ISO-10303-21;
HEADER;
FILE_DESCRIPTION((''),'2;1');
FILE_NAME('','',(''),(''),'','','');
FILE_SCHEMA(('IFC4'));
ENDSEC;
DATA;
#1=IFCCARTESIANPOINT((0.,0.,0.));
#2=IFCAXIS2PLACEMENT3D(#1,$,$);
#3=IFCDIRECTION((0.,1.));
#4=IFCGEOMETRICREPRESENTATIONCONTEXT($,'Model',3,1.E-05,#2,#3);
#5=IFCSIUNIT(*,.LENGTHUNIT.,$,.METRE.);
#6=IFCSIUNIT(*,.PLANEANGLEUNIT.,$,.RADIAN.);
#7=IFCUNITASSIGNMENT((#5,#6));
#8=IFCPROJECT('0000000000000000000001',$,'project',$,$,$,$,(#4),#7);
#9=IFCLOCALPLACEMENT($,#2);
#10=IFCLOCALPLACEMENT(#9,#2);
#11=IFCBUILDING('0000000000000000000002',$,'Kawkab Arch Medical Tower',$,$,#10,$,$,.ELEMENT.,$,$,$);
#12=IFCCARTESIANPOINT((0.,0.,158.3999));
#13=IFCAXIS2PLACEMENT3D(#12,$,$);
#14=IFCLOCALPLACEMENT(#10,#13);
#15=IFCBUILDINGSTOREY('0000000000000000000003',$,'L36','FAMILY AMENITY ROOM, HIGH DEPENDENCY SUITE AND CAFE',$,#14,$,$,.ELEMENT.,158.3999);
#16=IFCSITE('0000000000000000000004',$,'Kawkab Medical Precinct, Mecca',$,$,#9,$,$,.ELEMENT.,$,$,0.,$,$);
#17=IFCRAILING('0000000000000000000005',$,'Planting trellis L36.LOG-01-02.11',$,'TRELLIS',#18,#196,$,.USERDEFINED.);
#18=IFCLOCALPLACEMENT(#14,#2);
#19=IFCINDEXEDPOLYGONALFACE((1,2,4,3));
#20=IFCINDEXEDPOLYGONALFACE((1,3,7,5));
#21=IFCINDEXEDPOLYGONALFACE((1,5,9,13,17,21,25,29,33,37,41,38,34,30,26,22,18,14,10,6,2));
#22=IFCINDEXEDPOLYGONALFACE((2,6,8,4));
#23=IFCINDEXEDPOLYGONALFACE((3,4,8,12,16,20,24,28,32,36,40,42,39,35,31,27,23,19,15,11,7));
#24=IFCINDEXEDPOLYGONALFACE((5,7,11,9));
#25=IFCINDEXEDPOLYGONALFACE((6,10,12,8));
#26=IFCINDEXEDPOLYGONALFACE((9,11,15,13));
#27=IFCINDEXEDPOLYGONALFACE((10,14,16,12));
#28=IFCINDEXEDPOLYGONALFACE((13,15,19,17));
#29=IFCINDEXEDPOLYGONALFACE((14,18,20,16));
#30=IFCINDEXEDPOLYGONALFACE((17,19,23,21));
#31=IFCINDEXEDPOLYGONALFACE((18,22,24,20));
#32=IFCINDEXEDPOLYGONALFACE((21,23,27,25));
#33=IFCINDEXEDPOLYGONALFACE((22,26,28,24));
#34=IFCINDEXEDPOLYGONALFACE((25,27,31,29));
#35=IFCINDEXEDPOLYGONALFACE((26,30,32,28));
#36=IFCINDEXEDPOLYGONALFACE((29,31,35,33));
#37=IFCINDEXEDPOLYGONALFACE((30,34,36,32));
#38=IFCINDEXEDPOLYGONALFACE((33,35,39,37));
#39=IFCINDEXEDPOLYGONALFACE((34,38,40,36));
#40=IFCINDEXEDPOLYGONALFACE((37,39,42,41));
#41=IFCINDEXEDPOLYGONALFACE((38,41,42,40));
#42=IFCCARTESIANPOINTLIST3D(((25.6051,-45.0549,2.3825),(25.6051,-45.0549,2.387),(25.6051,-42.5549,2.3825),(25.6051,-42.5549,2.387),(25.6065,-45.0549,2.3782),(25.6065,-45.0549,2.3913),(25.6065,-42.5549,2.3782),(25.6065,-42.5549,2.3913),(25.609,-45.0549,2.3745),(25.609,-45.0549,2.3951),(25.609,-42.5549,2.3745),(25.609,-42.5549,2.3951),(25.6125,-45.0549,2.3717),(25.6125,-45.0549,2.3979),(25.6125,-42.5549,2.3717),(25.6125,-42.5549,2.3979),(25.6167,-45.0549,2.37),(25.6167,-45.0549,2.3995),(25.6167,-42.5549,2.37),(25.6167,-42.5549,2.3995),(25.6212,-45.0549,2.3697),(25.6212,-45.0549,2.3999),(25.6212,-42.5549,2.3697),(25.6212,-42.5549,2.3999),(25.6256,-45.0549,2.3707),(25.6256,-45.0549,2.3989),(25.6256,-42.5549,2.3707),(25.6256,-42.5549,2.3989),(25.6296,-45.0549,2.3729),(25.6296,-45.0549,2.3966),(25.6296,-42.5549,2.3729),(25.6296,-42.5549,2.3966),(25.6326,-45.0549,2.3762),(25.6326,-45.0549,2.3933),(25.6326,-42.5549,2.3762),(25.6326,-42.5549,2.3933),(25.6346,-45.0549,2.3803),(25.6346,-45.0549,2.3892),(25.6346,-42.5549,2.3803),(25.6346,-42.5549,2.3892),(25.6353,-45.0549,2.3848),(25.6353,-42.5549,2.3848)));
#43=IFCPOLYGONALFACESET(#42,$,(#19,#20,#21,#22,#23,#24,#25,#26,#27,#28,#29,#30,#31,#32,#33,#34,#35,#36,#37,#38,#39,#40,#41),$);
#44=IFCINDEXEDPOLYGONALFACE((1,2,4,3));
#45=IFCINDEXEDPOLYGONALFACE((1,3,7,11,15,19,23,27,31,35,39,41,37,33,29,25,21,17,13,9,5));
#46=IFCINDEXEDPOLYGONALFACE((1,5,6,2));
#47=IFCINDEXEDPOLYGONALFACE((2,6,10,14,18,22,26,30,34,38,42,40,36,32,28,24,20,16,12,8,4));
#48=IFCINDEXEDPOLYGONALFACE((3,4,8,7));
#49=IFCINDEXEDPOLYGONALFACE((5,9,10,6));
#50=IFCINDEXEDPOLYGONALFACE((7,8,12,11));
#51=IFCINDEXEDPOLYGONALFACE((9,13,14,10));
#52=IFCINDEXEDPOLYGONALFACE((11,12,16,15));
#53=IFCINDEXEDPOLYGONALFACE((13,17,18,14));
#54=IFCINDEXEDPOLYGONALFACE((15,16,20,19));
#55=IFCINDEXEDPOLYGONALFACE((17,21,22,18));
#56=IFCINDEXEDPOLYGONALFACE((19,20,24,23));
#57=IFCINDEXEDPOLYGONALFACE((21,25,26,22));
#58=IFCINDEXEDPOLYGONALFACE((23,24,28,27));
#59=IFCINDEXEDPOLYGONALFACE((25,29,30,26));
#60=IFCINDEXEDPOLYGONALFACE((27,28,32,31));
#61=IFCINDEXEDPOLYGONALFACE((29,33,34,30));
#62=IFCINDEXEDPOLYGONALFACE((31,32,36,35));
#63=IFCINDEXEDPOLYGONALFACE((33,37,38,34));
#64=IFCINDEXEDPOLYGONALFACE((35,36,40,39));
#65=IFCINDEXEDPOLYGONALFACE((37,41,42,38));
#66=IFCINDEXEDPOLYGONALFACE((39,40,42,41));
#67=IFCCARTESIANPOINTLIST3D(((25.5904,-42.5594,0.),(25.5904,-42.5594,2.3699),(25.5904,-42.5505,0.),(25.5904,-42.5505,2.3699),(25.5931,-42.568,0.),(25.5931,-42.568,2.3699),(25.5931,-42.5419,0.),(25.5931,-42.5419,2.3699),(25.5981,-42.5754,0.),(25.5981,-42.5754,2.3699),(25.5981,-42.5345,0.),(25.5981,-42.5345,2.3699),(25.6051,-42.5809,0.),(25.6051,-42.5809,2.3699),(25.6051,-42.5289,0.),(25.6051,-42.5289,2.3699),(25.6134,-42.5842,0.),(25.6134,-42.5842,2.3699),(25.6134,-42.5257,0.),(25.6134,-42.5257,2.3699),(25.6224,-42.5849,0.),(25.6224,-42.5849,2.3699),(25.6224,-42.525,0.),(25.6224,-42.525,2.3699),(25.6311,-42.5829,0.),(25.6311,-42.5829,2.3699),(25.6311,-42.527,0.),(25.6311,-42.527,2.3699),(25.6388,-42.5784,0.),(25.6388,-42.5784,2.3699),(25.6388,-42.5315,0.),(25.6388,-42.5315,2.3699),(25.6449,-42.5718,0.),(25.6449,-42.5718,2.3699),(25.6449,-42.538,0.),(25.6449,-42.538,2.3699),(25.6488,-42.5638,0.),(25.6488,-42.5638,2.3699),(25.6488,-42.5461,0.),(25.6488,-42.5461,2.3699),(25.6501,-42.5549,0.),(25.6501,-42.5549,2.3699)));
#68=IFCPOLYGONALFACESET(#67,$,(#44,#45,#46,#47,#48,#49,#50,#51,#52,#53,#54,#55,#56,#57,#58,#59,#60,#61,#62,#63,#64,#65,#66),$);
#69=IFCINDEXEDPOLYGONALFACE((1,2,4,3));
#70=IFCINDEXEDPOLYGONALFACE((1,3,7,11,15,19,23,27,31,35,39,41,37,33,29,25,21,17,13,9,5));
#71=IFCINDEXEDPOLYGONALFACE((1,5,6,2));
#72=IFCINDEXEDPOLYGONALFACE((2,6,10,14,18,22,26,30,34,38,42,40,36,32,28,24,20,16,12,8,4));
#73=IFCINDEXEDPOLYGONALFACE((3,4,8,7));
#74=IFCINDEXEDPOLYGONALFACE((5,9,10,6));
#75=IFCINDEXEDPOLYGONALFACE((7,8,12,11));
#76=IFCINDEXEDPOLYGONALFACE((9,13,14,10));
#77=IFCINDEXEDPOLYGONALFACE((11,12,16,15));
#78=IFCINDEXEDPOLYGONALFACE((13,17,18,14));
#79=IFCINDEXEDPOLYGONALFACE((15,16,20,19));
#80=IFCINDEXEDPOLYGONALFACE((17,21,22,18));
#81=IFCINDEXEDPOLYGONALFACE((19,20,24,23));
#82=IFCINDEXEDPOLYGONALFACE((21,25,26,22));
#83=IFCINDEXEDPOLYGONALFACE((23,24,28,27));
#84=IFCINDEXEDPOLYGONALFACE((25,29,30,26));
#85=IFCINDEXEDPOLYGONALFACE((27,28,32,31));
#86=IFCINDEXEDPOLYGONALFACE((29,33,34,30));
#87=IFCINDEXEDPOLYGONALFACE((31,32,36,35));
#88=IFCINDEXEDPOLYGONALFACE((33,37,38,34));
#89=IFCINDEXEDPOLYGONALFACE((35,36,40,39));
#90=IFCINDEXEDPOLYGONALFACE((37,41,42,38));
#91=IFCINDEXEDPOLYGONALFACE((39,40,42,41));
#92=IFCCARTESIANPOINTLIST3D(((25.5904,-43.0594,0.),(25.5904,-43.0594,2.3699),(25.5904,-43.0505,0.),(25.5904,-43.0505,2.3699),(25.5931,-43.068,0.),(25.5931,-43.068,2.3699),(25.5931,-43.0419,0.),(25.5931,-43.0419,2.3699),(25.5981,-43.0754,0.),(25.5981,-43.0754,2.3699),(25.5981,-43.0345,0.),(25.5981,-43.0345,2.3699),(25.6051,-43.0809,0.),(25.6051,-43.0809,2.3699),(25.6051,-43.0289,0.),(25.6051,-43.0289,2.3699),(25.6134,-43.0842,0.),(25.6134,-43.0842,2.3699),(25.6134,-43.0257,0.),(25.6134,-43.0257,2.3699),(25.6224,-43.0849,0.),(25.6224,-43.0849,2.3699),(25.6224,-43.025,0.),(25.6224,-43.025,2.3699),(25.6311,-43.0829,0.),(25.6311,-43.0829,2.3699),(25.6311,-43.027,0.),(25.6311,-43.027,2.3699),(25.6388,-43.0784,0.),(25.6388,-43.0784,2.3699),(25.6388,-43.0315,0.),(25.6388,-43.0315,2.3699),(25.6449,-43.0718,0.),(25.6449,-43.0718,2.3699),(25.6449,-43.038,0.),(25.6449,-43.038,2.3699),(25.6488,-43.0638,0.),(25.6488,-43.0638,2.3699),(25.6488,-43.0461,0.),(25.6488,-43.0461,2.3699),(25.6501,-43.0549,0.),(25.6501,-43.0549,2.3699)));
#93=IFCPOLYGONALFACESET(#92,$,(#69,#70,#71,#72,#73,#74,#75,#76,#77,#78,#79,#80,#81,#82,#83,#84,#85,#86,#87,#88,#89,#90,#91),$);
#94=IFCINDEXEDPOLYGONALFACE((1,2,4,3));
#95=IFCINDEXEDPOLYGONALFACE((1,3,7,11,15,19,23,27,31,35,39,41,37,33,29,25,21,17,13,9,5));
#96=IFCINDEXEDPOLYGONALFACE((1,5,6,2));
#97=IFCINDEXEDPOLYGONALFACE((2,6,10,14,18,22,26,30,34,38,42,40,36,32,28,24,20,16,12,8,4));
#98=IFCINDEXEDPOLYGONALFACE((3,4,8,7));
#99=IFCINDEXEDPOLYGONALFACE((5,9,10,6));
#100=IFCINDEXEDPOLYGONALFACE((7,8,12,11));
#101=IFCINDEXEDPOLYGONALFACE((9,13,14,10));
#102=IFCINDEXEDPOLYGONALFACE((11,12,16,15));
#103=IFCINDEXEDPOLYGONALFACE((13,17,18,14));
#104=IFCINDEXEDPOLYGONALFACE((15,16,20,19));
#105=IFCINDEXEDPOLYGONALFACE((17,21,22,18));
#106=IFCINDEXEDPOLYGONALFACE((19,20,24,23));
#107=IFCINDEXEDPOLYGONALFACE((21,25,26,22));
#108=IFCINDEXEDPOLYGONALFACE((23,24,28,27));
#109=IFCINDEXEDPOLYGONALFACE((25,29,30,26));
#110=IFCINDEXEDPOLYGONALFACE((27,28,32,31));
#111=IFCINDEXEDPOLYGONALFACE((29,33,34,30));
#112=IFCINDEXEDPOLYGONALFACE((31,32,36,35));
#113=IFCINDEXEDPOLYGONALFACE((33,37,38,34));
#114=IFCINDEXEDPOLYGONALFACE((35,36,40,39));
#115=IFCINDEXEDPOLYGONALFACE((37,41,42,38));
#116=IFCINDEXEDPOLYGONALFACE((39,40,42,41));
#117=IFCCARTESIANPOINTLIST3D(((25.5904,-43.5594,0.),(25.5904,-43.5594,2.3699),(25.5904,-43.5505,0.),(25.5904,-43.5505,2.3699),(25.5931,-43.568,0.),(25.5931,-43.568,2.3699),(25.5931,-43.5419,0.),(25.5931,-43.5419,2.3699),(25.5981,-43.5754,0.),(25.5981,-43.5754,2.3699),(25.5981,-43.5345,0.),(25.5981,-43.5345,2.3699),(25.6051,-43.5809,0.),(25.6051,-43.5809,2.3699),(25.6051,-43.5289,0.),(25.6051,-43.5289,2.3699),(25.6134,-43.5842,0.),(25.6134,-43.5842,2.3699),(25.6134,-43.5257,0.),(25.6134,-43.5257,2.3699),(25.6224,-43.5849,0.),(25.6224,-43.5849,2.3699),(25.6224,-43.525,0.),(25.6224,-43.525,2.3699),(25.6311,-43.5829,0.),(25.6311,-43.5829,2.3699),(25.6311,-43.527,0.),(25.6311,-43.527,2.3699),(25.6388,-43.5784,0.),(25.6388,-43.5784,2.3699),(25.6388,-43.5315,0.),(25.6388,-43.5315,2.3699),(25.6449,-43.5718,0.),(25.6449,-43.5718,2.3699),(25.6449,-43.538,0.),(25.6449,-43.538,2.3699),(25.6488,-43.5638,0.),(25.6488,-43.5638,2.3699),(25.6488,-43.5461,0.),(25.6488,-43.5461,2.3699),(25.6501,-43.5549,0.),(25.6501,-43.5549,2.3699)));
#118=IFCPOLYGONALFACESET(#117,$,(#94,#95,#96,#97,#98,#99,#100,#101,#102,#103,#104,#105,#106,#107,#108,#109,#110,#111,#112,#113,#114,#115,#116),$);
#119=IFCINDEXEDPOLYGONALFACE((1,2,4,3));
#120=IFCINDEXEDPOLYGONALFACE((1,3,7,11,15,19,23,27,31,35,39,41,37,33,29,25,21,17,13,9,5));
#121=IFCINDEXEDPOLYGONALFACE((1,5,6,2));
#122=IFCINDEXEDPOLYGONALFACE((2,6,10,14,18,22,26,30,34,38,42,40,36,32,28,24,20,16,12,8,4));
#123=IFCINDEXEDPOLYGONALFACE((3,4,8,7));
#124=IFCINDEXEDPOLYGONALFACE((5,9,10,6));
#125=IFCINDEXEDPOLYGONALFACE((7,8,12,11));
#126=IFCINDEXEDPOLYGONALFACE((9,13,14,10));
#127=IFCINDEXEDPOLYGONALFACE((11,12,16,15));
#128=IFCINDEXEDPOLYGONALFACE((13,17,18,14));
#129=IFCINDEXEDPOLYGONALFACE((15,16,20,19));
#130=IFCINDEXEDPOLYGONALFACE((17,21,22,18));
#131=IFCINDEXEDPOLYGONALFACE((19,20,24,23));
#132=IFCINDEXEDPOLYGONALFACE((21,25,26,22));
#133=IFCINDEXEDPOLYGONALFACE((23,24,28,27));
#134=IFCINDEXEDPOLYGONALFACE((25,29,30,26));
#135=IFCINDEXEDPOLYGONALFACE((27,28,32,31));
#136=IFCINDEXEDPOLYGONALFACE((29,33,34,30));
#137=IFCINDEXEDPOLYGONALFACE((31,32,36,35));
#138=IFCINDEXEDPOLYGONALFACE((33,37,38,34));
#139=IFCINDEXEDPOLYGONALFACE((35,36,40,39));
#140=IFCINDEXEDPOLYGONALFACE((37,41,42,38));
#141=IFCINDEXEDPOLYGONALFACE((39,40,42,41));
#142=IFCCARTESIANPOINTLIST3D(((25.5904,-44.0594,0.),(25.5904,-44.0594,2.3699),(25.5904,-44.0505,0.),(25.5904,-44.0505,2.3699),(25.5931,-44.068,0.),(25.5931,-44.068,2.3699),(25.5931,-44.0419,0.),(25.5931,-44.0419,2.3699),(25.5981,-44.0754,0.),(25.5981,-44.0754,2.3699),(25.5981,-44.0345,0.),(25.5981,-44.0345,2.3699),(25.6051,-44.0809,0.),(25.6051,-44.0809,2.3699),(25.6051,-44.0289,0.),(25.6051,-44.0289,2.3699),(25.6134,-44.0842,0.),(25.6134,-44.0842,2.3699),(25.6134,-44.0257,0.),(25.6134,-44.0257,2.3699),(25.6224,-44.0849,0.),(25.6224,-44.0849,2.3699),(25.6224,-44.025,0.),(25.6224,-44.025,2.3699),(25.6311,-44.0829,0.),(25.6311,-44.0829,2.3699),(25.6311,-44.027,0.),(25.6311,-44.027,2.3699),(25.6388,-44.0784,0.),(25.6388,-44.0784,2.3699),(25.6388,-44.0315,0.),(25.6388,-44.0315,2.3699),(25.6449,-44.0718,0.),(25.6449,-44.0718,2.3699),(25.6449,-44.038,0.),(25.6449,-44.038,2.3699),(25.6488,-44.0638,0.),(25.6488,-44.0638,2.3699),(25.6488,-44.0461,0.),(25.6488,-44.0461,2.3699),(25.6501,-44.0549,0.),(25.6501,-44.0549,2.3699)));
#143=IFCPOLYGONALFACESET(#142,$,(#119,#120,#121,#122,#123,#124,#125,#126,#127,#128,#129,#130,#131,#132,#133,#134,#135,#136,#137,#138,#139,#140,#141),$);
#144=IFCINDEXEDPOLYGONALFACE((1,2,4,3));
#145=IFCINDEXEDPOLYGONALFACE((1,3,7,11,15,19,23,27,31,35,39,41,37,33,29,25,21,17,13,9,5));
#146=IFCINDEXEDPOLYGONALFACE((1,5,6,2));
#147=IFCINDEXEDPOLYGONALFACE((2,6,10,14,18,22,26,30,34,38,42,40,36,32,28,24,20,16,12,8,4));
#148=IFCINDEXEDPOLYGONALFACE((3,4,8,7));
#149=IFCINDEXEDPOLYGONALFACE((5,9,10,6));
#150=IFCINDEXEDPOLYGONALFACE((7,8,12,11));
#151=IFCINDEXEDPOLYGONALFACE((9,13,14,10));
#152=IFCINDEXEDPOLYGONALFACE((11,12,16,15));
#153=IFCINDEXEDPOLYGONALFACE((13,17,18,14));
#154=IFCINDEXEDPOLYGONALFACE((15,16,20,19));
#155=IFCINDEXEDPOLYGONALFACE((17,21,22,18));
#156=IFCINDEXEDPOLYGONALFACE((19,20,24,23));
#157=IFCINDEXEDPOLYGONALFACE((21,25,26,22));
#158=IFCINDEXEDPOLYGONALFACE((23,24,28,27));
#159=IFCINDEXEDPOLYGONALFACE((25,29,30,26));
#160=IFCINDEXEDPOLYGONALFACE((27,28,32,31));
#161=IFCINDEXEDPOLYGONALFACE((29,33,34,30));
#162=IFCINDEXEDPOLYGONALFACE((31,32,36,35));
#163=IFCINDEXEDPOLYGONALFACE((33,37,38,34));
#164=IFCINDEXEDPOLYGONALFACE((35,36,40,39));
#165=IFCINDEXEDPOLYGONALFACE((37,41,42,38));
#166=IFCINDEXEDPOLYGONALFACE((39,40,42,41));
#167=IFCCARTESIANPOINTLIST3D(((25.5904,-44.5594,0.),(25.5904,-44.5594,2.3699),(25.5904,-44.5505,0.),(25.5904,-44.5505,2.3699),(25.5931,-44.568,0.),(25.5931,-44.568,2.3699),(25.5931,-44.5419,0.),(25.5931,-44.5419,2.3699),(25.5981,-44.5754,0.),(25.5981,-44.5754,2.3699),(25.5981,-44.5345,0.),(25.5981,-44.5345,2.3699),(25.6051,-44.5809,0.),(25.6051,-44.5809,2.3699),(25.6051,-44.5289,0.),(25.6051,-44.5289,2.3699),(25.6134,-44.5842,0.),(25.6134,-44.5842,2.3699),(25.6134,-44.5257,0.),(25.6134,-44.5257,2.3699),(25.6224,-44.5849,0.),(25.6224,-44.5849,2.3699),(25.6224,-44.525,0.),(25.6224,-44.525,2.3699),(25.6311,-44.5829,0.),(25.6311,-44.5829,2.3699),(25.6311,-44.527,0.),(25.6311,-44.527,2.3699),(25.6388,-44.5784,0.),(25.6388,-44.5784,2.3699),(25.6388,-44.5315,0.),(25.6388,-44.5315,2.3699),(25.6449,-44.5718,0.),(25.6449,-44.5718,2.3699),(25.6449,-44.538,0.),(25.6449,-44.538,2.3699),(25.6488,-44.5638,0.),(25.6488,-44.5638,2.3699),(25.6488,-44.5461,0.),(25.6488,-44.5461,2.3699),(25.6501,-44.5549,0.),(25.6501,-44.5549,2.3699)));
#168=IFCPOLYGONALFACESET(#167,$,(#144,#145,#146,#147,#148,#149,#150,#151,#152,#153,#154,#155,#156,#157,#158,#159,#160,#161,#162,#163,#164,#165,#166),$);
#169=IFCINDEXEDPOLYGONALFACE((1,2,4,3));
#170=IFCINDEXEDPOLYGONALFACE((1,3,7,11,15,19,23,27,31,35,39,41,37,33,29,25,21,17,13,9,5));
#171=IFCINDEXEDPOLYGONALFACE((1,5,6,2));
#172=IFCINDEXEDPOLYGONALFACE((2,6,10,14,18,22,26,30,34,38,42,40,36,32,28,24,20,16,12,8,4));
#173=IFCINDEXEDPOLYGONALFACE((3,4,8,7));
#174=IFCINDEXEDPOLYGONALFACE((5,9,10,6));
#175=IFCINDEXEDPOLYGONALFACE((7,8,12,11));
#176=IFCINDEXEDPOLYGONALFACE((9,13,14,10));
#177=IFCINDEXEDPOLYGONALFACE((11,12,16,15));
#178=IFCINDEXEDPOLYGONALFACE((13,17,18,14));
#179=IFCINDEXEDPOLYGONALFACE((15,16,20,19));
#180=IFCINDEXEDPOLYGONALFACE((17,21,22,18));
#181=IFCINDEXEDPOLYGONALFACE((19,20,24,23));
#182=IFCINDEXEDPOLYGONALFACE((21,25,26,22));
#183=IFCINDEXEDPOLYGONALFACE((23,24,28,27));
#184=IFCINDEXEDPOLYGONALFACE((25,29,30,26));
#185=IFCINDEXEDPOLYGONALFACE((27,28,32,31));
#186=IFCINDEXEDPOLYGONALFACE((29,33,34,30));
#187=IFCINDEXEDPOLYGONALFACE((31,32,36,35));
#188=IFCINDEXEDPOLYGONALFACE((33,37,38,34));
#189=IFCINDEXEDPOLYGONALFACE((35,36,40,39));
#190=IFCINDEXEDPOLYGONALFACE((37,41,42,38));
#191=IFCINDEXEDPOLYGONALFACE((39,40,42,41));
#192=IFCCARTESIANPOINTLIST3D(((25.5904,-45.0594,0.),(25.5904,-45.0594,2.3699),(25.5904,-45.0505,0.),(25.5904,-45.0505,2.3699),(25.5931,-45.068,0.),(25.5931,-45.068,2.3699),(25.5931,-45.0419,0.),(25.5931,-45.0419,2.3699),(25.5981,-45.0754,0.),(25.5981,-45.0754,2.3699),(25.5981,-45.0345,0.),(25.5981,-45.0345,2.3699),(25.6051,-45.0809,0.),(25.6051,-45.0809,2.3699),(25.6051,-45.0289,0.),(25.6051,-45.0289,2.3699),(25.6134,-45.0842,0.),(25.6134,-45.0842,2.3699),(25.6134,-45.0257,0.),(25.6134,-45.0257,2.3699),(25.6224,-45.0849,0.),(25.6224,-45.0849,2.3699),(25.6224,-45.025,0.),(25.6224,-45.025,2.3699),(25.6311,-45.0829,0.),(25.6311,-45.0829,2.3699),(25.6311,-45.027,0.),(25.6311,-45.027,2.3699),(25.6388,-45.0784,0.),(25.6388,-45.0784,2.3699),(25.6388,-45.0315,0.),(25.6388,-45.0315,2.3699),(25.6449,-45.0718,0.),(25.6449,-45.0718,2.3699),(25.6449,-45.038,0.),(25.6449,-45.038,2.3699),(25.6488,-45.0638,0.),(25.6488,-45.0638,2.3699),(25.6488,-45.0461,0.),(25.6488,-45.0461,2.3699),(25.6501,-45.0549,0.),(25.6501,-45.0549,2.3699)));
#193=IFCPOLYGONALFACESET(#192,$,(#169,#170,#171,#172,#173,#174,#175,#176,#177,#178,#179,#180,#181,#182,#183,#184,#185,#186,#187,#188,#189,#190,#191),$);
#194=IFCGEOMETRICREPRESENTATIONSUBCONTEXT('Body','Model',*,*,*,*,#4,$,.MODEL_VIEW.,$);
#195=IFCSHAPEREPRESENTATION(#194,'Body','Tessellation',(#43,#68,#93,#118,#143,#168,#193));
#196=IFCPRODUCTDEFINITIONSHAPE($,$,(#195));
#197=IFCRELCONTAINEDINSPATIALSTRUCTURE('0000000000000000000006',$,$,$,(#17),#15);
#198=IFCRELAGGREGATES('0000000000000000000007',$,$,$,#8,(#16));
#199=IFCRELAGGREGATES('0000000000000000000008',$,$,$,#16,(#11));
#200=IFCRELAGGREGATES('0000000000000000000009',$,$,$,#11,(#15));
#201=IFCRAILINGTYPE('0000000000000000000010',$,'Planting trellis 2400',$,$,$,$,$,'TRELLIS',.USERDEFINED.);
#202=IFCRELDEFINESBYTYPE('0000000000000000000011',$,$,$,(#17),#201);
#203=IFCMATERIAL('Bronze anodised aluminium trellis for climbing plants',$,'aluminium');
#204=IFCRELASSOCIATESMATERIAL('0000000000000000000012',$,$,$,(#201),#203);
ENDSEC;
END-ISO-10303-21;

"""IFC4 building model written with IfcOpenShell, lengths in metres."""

from ifc_helpers import new_model, si_unit, direction, frame, origin, origin_2d, place, context, subcontext, project, spatial, circle, extrude, material, type_object, element, save


model = new_model("IFC4")

# Units and contexts
model_context = context("Model", 3, precision=1e-05, world=origin(), true_north=direction((0.0, 1.0)))
body_context = subcontext(model_context, "Body", "Model", "MODEL_VIEW")
ifc_project = project(units=[si_unit("LENGTHUNIT", "METRE"), si_unit("PLANEANGLEUNIT", "RADIAN")], contexts=[model_context])

# Site, building, storey
site_placement = place(None, origin())
site = spatial("IfcSite", under=ifc_project, at=site_placement, Name="Kawkab Medical Precinct, Mecca", CompositionType="ELEMENT", RefElevation=0.0)
building_placement = place(site_placement, origin())
building = spatial("IfcBuilding", under=site, at=building_placement, Name="Kawkab Arch Medical Tower", CompositionType="ELEMENT")
storey_placement = place(building_placement, frame((0.0, 0.0, 158.3999)))
storey = spatial("IfcBuildingStorey", under=building, at=storey_placement, Name="L36", Description="FAMILY AMENITY ROOM, HIGH DEPENDENCY SUITE AND CAFE", CompositionType="ELEMENT", Elevation=158.3999)

# Railing
ifc_material_1 = material(Name="Bronze anodised aluminium trellis for climbing plants", Category="aluminium")
railing_type = type_object("IfcRailingType", Name="Planting trellis 2400", ElementType="TRELLIS", PredefinedType="USERDEFINED", material=ifc_material_1)
railing_1_placement = place(storey_placement, frame((25.6201, -42.5549, 0.0)))
element("IfcRailing", 1, at=railing_1_placement, inside=storey, type_object=railing_type, Name="Planting trellis L36.LOG-01-02.11", ObjectType="TRELLIS", PredefinedType="USERDEFINED", context=body_context, shape_type="SweptSolid", body=[
    extrude(circle(Radius=0.0151, at=origin_2d()), frame((0.0, 0.0, 2.3848), z_axis=(0.0, -1.0, 0.0), x_axis=(1.0, 0.0, 0.0)), (0.0, 0.0, 1.0), 2.5),
    extrude(circle(Radius=0.03, at=origin_2d()), origin(), (0.0, 0.0, 1.0), 2.3699),
    extrude(circle(Radius=0.03, at=origin_2d()), frame((0.0, -0.5, 0.0)), (0.0, 0.0, 1.0), 2.3699),
    extrude(circle(Radius=0.03, at=origin_2d()), frame((0.0, -1.0, 0.0)), (0.0, 0.0, 1.0), 2.3699),
    extrude(circle(Radius=0.03, at=origin_2d()), frame((0.0, -1.5, 0.0)), (0.0, 0.0, 1.0), 2.3699),
    extrude(circle(Radius=0.03, at=origin_2d()), frame((0.0, -2.0, 0.0)), (0.0, 0.0, 1.0), 2.3699),
    extrude(circle(Radius=0.03, at=origin_2d()), frame((0.0, -2.5, 0.0)), (0.0, 0.0, 1.0), 2.3699),
])

save(model, "model.ifc")
